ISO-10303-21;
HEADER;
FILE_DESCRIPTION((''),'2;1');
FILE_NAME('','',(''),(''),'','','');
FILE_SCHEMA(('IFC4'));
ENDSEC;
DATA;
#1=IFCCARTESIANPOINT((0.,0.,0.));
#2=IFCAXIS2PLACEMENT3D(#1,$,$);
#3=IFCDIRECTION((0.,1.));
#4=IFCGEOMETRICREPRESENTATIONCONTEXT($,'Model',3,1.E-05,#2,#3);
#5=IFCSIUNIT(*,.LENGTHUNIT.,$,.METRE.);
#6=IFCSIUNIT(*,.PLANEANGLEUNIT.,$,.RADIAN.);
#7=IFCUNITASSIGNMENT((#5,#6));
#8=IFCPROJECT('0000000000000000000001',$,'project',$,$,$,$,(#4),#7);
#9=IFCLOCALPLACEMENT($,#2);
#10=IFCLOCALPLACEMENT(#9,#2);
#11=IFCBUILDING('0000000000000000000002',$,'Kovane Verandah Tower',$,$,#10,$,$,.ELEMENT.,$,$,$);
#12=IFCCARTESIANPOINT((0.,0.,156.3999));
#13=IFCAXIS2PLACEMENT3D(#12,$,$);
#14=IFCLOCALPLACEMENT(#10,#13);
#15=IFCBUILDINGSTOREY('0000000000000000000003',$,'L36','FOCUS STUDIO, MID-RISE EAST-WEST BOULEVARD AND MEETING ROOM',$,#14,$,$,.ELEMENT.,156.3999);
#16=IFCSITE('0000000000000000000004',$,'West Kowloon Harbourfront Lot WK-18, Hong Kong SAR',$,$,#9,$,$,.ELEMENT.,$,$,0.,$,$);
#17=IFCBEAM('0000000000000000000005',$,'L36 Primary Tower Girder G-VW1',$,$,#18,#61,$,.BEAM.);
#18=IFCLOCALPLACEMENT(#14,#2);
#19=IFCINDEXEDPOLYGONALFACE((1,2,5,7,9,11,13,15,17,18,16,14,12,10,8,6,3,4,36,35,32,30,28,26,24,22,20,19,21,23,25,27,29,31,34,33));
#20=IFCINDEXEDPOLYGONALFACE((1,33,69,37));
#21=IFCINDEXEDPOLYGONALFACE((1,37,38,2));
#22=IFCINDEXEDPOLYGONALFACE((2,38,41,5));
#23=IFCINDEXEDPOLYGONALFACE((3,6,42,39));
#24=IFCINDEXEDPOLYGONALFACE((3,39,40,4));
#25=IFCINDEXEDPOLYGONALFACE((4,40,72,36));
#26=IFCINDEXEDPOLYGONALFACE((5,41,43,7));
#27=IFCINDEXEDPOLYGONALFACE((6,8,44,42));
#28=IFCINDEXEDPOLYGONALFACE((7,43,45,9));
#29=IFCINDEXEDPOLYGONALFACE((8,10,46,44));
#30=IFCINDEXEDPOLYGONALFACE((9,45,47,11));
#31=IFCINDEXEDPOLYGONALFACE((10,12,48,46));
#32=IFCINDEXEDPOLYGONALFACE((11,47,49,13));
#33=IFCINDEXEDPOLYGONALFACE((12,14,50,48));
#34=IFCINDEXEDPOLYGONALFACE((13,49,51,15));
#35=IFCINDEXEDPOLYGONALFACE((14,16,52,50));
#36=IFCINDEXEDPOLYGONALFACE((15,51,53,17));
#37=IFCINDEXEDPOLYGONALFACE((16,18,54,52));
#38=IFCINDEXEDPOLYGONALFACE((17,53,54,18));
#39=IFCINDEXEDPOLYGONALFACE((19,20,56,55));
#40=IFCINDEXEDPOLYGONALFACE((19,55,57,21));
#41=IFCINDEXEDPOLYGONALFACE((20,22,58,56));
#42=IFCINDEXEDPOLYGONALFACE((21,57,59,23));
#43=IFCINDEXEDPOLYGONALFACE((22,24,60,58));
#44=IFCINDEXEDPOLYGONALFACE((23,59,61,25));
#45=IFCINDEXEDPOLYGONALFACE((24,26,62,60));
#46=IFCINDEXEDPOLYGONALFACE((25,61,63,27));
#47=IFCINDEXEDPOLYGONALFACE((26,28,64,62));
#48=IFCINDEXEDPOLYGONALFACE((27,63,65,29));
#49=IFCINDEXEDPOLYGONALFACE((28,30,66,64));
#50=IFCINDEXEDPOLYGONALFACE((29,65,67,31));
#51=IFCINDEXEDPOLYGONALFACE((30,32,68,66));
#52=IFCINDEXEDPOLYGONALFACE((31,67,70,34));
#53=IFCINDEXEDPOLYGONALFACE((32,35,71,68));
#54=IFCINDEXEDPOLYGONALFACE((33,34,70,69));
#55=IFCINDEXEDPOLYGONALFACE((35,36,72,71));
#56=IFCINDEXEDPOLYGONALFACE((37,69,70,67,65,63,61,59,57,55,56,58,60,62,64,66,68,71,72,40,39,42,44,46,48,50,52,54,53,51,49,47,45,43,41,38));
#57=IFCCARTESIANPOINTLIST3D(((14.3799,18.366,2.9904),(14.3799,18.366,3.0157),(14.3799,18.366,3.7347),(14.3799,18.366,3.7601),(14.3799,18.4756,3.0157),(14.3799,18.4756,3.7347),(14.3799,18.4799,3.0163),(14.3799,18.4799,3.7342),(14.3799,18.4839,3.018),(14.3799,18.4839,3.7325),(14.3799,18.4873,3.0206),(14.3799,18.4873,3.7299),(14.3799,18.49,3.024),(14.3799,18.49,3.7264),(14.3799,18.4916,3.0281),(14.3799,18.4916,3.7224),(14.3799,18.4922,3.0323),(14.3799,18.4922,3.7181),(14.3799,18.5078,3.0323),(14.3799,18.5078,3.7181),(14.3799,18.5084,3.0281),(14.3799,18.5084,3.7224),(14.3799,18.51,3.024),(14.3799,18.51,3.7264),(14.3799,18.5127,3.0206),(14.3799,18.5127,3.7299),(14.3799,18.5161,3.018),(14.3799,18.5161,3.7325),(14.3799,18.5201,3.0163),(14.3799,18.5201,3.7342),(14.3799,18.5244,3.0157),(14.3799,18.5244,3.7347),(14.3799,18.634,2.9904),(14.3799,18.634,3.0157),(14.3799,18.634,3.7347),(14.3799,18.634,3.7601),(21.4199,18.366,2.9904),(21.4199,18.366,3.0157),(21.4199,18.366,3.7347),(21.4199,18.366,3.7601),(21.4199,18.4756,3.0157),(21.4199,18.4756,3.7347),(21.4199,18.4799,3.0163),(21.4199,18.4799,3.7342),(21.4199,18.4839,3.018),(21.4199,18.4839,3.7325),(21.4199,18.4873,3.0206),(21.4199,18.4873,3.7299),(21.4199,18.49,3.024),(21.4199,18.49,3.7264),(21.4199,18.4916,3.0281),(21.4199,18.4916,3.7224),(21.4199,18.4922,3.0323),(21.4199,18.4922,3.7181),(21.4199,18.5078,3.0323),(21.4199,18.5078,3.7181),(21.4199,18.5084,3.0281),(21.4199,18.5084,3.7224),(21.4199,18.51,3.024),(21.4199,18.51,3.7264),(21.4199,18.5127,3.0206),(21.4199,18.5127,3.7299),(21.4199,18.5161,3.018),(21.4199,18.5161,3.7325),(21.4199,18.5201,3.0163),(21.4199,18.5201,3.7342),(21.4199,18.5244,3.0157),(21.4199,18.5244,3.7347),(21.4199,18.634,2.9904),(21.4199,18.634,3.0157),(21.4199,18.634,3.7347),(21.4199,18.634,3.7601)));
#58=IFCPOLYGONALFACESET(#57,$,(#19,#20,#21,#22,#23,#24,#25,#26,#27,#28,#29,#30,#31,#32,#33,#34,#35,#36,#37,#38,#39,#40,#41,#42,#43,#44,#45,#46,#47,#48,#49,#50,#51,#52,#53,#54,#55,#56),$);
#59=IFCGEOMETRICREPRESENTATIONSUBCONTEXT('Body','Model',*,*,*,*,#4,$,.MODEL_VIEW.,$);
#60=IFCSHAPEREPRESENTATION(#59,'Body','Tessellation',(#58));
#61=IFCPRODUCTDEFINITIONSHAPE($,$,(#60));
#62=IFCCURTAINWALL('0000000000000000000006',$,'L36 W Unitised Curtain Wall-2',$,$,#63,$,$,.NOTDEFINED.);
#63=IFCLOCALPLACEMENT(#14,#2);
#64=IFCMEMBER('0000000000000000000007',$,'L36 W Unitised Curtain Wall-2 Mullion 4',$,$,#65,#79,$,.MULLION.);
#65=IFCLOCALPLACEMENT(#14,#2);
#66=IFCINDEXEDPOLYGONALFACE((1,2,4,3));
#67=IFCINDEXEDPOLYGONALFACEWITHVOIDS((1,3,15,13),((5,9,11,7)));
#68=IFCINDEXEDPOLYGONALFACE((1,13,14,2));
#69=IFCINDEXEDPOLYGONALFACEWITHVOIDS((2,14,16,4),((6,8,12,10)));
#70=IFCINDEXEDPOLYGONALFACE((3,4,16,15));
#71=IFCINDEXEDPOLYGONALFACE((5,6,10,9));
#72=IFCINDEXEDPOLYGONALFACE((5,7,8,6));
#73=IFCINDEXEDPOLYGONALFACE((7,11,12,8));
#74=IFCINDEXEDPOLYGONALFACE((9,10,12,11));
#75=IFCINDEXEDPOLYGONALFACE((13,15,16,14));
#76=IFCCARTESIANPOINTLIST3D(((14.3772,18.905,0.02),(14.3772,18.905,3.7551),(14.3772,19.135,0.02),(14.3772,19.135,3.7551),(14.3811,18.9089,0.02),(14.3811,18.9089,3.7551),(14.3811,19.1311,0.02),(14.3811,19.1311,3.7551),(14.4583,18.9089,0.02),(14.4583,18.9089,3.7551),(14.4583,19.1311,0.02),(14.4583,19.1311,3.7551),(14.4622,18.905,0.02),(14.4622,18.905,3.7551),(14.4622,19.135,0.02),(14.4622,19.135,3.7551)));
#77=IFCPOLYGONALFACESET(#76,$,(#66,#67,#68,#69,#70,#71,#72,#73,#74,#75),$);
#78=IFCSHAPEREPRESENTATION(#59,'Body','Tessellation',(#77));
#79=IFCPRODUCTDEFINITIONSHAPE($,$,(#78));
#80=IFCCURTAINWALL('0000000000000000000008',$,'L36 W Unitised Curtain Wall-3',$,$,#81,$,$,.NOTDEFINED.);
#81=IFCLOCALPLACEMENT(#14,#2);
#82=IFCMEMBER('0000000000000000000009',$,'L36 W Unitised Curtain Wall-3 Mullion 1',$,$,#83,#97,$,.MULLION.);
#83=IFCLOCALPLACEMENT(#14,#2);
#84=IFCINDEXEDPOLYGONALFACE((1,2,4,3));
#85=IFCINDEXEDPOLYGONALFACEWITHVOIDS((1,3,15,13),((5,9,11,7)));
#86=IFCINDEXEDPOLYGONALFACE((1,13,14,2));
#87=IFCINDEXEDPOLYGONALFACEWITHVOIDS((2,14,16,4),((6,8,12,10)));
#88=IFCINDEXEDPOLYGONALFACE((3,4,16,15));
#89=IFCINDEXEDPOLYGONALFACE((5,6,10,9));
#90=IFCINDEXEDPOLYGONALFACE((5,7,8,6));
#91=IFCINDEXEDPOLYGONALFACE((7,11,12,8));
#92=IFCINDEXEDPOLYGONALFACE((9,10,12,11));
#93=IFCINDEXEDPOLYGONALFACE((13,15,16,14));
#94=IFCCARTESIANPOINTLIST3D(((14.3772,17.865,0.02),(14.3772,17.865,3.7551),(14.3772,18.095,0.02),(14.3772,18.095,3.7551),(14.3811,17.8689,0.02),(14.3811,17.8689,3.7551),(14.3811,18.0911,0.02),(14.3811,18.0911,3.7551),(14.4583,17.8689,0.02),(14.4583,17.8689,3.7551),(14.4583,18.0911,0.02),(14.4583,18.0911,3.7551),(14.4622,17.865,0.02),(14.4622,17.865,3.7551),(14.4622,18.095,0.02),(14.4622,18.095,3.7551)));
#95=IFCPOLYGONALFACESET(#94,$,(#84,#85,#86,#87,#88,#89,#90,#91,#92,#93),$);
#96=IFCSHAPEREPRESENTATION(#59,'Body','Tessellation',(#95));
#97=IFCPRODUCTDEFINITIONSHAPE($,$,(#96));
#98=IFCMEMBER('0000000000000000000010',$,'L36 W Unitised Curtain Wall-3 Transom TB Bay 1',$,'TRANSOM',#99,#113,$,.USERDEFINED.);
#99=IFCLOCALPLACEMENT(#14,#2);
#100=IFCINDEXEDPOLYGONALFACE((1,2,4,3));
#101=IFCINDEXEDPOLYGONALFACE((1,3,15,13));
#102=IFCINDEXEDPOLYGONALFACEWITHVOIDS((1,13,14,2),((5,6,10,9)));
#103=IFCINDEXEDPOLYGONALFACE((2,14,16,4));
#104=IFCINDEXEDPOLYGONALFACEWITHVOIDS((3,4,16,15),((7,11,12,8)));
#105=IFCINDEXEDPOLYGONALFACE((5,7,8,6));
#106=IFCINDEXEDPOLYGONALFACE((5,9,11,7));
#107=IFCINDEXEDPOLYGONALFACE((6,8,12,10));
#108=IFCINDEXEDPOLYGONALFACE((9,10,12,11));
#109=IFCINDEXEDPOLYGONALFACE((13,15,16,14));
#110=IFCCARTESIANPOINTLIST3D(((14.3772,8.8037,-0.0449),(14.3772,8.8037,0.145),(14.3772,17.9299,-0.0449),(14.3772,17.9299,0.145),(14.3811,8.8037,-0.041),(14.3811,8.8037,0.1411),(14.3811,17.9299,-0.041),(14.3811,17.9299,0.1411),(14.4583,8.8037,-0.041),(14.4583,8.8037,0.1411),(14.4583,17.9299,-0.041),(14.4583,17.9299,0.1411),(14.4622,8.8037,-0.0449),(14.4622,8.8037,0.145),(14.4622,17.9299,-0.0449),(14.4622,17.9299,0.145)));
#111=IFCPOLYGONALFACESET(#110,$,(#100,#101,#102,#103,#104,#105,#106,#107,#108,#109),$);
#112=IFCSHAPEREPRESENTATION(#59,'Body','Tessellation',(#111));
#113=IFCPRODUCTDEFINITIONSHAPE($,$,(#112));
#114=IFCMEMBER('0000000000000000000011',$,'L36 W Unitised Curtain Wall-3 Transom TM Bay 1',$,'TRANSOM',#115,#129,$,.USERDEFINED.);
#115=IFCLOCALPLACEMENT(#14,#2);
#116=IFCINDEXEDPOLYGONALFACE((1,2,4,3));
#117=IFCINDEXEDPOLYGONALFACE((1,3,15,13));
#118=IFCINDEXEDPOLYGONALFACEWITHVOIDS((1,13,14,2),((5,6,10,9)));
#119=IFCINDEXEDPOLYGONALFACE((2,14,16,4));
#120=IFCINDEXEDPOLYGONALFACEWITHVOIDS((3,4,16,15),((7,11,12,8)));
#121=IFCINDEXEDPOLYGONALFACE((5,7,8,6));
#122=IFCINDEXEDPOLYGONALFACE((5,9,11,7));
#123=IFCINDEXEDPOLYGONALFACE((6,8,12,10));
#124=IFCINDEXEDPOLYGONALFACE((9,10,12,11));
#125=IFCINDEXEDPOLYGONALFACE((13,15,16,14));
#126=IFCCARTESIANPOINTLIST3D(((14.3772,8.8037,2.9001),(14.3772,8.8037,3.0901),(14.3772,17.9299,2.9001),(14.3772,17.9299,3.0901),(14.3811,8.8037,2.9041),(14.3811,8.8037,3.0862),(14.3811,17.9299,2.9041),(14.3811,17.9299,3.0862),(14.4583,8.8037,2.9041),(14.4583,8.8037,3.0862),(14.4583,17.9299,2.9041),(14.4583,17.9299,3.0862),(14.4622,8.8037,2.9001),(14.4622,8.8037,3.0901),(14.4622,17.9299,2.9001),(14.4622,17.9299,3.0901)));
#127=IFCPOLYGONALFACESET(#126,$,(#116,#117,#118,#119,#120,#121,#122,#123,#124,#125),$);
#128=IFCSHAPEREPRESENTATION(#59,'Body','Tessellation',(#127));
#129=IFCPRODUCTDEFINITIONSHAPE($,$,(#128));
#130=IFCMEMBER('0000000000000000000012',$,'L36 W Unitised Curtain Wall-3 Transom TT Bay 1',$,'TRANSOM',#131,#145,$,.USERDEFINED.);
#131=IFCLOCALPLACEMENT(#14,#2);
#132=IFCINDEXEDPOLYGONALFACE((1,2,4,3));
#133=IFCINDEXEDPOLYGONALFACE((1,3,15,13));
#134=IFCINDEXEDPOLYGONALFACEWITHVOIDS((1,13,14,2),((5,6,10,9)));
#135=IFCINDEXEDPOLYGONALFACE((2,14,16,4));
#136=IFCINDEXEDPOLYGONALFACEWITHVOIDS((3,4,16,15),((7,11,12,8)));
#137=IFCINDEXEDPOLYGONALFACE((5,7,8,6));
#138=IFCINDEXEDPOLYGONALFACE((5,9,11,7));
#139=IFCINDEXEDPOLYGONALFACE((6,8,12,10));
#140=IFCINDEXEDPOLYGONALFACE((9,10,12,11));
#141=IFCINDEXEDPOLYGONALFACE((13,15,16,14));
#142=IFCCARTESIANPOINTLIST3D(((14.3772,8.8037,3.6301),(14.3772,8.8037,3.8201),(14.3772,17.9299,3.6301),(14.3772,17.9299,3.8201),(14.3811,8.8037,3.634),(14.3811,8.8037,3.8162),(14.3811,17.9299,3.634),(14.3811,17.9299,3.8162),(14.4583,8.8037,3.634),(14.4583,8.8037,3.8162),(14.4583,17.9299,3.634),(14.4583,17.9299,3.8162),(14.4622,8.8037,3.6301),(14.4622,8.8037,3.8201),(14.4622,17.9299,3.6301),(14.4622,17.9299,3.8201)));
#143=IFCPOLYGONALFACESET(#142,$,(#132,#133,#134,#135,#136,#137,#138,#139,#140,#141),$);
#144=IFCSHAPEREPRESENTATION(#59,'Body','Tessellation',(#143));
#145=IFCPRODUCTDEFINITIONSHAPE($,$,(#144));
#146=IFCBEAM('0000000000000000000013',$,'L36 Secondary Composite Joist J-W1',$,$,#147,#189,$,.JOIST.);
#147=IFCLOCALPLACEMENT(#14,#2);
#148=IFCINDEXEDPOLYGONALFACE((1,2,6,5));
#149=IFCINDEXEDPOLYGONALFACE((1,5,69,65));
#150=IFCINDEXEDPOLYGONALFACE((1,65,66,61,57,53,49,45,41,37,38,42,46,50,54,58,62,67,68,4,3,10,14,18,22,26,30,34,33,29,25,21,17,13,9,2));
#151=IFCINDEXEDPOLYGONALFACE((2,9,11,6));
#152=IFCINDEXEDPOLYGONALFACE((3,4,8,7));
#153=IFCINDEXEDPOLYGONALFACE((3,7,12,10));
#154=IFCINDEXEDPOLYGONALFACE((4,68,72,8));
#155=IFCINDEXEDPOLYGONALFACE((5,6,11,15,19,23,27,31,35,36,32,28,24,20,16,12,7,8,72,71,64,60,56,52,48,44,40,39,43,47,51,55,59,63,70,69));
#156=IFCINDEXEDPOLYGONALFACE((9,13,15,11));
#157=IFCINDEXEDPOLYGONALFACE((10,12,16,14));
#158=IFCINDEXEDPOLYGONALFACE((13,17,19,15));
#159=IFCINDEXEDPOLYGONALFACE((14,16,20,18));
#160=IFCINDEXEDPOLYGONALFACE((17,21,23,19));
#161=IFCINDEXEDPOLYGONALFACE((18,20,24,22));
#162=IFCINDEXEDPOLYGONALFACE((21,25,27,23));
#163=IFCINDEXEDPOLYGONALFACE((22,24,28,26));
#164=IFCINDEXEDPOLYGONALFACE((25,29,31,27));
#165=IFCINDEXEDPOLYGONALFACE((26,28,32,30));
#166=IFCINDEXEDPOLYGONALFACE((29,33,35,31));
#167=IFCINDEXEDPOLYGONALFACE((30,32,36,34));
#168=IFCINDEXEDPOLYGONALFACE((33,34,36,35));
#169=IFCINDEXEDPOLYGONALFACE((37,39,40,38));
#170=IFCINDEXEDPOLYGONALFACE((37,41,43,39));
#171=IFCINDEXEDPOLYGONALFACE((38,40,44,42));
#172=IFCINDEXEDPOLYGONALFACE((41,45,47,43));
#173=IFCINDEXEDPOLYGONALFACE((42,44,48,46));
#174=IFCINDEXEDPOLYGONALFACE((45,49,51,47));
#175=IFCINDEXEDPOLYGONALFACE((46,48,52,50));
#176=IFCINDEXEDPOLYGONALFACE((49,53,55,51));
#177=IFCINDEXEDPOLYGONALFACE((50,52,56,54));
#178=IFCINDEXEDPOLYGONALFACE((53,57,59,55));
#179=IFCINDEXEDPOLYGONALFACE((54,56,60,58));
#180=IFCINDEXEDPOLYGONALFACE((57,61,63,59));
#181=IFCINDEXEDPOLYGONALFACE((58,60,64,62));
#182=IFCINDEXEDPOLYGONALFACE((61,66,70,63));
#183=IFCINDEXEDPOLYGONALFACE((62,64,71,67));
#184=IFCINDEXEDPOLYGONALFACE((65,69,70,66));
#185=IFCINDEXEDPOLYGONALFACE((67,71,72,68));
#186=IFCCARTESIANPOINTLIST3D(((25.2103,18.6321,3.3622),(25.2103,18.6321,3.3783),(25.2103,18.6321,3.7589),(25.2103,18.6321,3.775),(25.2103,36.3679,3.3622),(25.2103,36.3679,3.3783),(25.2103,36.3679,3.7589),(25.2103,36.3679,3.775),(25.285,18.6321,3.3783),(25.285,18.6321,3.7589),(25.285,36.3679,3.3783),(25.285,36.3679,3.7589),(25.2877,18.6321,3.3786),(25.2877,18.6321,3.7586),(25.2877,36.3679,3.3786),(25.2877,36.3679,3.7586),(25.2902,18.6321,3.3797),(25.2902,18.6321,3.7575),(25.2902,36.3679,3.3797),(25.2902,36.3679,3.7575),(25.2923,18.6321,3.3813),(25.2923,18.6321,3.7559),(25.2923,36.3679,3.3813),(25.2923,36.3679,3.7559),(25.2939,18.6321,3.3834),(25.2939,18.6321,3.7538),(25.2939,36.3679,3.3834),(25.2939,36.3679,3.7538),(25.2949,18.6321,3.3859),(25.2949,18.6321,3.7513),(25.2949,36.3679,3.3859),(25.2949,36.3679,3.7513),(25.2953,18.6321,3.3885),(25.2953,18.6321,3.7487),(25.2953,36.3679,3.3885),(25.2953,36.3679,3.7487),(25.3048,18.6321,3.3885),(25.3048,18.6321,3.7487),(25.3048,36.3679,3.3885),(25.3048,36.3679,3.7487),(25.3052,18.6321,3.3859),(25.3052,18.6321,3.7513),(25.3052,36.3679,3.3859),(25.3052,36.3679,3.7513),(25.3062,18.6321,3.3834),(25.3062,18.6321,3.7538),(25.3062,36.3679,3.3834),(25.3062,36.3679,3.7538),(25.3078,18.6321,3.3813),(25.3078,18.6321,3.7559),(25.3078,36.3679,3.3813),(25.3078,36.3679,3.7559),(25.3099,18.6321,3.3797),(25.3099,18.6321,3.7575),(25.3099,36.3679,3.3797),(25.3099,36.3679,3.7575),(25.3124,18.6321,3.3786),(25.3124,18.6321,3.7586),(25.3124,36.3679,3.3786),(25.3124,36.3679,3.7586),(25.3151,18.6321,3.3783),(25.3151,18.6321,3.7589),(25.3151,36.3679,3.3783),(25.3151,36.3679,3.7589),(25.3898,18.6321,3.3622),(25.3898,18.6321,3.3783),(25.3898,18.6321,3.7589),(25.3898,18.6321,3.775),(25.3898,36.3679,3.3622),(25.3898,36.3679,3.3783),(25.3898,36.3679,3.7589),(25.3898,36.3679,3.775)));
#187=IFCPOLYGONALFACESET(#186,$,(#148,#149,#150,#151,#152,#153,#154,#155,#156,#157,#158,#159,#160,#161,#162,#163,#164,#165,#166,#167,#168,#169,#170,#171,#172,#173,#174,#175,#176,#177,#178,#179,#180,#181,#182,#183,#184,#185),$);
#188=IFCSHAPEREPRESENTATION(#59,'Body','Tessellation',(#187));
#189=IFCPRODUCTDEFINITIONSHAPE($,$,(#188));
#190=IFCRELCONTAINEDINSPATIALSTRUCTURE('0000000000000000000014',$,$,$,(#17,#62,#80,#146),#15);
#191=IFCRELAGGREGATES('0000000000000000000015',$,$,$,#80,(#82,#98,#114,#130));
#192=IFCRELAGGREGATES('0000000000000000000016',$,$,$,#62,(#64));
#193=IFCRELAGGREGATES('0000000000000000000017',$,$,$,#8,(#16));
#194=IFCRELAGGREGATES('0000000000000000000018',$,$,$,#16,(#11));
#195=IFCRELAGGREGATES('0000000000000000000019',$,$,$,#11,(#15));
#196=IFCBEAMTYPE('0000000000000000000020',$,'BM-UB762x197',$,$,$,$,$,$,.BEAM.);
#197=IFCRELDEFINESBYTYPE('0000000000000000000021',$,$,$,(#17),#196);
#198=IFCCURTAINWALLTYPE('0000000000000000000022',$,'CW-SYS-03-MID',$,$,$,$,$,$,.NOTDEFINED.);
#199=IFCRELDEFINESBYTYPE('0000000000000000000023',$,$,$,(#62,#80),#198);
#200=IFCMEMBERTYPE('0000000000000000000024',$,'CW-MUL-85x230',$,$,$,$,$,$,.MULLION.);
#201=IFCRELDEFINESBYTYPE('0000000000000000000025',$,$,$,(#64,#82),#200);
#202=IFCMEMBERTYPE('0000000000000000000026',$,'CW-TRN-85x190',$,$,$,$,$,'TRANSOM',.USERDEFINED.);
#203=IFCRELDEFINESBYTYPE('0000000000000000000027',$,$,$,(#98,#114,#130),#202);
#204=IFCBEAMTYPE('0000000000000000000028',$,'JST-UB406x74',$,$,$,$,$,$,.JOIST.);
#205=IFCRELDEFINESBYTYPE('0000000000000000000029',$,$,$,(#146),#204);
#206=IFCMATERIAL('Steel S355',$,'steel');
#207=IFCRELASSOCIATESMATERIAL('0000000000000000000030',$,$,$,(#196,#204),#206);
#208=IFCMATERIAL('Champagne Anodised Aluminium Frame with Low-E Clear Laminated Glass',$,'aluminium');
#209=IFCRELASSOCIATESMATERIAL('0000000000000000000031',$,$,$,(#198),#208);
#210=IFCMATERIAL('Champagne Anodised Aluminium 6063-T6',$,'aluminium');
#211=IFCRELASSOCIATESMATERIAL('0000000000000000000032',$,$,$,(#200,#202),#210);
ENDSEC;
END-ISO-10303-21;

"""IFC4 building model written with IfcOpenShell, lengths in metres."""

from ifc_helpers import new_model, si_unit, direction, frame, origin, origin_2d, place, context, subcontext, project, spatial, hollow_rectangle, i_section, extrude, material, material_profile, profile_set, type_object, element, aggregate, save


model = new_model("IFC4")

# Units and contexts
model_context = context("Model", 3, precision=1e-05, world=origin(), true_north=direction((0.0, 1.0)))
body_context = subcontext(model_context, "Body", "Model", "MODEL_VIEW")
ifc_project = project(units=[si_unit("LENGTHUNIT", "METRE"), si_unit("PLANEANGLEUNIT", "RADIAN")], contexts=[model_context])

# Site, building, storey
site_placement = place(None, origin())
site = spatial("IfcSite", under=ifc_project, at=site_placement, Name="West Kowloon Harbourfront Lot WK-18, Hong Kong SAR", CompositionType="ELEMENT", RefElevation=0.0)
building_placement = place(site_placement, origin())
building = spatial("IfcBuilding", under=site, at=building_placement, Name="Kovane Verandah Tower", CompositionType="ELEMENT")
storey_placement = place(building_placement, frame((0.0, 0.0, 156.3999)))
storey = spatial("IfcBuildingStorey", under=building, at=storey_placement, Name="L36", Description="FOCUS STUDIO, MID-RISE EAST-WEST BOULEVARD AND MEETING ROOM", CompositionType="ELEMENT", Elevation=156.3999)

# Beam
ifc_material_1 = material(Name="Steel S355", Category="steel")
ifc_material_profile_1 = material_profile(ifc_material_1, i_section(OverallWidth=0.2681, OverallDepth=0.7698, WebThickness=0.0156, FlangeThickness=0.0254, FilletRadius=0.0166, at=origin_2d()), Name="UB762x267x197")
ifc_profile_set_1 = profile_set([ifc_material_profile_1], Name="Steel S355")
beam_type_1 = type_object("IfcBeamType", Name="BM-UB762x197", PredefinedType="BEAM", material=ifc_profile_set_1)
beam_1_placement = place(storey_placement, frame((21.4199, 18.5, 3.3752), z_axis=(-1.0, 0.0, 0.0), x_axis=(0.0, -1.0, 0.0)))
element("IfcBeam", 1, at=beam_1_placement, inside=storey, type_object=beam_type_1, Name="L36 Primary Tower Girder G-VW1", PredefinedType="BEAM", context=body_context, shape_type="SweptSolid", body=[
    extrude(i_section(OverallWidth=0.2681, OverallDepth=0.7698, WebThickness=0.0156, FlangeThickness=0.0254, FilletRadius=0.0166, at=origin_2d()), origin(), (0.0, 0.0, 1.0), 7.04),
])

# Curtain wall, member
ifc_material_2 = material(Name="Champagne Anodised Aluminium Frame with Low-E Clear Laminated Glass", Category="aluminium")
curtain_wall_type = type_object("IfcCurtainWallType", Name="CW-SYS-03-MID", PredefinedType="NOTDEFINED", material=ifc_material_2)
curtain_wall_1_placement = place(storey_placement, origin())
curtain_wall_1 = element("IfcCurtainWall", 2, at=curtain_wall_1_placement, inside=storey, type_object=curtain_wall_type, Name="L36 W Unitised Curtain Wall-2", PredefinedType="NOTDEFINED")
ifc_material_3 = material(Name="Champagne Anodised Aluminium 6063-T6", Category="aluminium")
ifc_material_profile_2 = material_profile(ifc_material_3, hollow_rectangle(XDim=0.085, YDim=0.23, WallThickness=0.0039, at=origin_2d()), Name="AL85x230x4")
ifc_profile_set_2 = profile_set([ifc_material_profile_2], Name="Champagne Anodised Aluminium 6063-T6")
member_type_1 = type_object("IfcMemberType", Name="CW-MUL-85x230", PredefinedType="MULLION", material=ifc_profile_set_2)
member_1_placement = place(storey_placement, frame((14.4197, 19.02, 0.02), z_axis=(0.0, 0.0, 1.0), x_axis=(-1.0, 0.0, 0.0)))
member_1 = element("IfcMember", 3, at=member_1_placement, type_object=member_type_1, Name="L36 W Unitised Curtain Wall-2 Mullion 4", PredefinedType="MULLION", context=body_context, shape_type="SweptSolid", body=[
    extrude(hollow_rectangle(XDim=0.085, YDim=0.23, WallThickness=0.0039, at=origin_2d()), origin(), (0.0, 0.0, 1.0), 3.7351),
])

# Curtain wall, members
curtain_wall_2_placement = place(storey_placement, origin())
curtain_wall_2 = element("IfcCurtainWall", 4, at=curtain_wall_2_placement, inside=storey, type_object=curtain_wall_type, Name="L36 W Unitised Curtain Wall-3", PredefinedType="NOTDEFINED")
member_2_placement = place(storey_placement, frame((14.4197, 17.98, 0.02), z_axis=(0.0, 0.0, 1.0), x_axis=(-1.0, 0.0, 0.0)))
member_2 = element("IfcMember", 5, at=member_2_placement, type_object=member_type_1, Name="L36 W Unitised Curtain Wall-3 Mullion 1", PredefinedType="MULLION", context=body_context, shape_type="SweptSolid", body=[
    extrude(hollow_rectangle(XDim=0.085, YDim=0.23, WallThickness=0.0039, at=origin_2d()), origin(), (0.0, 0.0, 1.0), 3.7351),
])
ifc_material_profile_3 = material_profile(ifc_material_3, hollow_rectangle(XDim=0.085, YDim=0.1899, WallThickness=0.0039, at=origin_2d()), Name="AL85x190x4")
ifc_profile_set_3 = profile_set([ifc_material_profile_3], Name="Champagne Anodised Aluminium 6063-T6")
member_type_2 = type_object("IfcMemberType", Name="CW-TRN-85x190", ElementType="TRANSOM", PredefinedType="USERDEFINED", material=ifc_profile_set_3)
member_3_placement = place(storey_placement, frame((14.4197, 17.9299, 0.05), z_axis=(0.0, -1.0, 0.0), x_axis=(1.0, 0.0, 0.0)))
member_3 = element("IfcMember", 6, at=member_3_placement, type_object=member_type_2, Name="L36 W Unitised Curtain Wall-3 Transom TB Bay 1", ObjectType="TRANSOM", PredefinedType="USERDEFINED", context=body_context, shape_type="SweptSolid", body=[
    extrude(hollow_rectangle(XDim=0.085, YDim=0.1899, WallThickness=0.0039, at=origin_2d()), origin(), (0.0, 0.0, 1.0), 9.1262),
])
member_4_placement = place(storey_placement, frame((14.4197, 17.9299, 2.9951), z_axis=(0.0, -1.0, 0.0), x_axis=(1.0, 0.0, 0.0)))
member_4 = element("IfcMember", 7, at=member_4_placement, type_object=member_type_2, Name="L36 W Unitised Curtain Wall-3 Transom TM Bay 1", ObjectType="TRANSOM", PredefinedType="USERDEFINED", context=body_context, shape_type="SweptSolid", body=[
    extrude(hollow_rectangle(XDim=0.085, YDim=0.1899, WallThickness=0.0039, at=origin_2d()), origin(), (0.0, 0.0, 1.0), 9.1262),
])
member_5_placement = place(storey_placement, frame((14.4197, 17.9299, 3.7251), z_axis=(0.0, -1.0, 0.0), x_axis=(1.0, 0.0, 0.0)))
member_5 = element("IfcMember", 8, at=member_5_placement, type_object=member_type_2, Name="L36 W Unitised Curtain Wall-3 Transom TT Bay 1", ObjectType="TRANSOM", PredefinedType="USERDEFINED", context=body_context, shape_type="SweptSolid", body=[
    extrude(hollow_rectangle(XDim=0.085, YDim=0.1899, WallThickness=0.0039, at=origin_2d()), origin(), (0.0, 0.0, 1.0), 9.1262),
])

# Beam
ifc_material_profile_4 = material_profile(ifc_material_1, i_section(OverallWidth=0.1794, OverallDepth=0.4128, WebThickness=0.0095, FlangeThickness=0.0161, FilletRadius=0.0103, at=origin_2d()), Name="UB406x178x74")
ifc_profile_set_4 = profile_set([ifc_material_profile_4], Name="Steel S355")
beam_type_2 = type_object("IfcBeamType", Name="JST-UB406x74", PredefinedType="JOIST", material=ifc_profile_set_4)
beam_2_placement = place(storey_placement, frame((25.3, 18.6321, 3.5686), z_axis=(0.0, 1.0, 0.0), x_axis=(-1.0, 0.0, 0.0)))
element("IfcBeam", 9, at=beam_2_placement, inside=storey, type_object=beam_type_2, Name="L36 Secondary Composite Joist J-W1", PredefinedType="JOIST", context=body_context, shape_type="SweptSolid", body=[
    extrude(i_section(OverallWidth=0.1794, OverallDepth=0.4128, WebThickness=0.0095, FlangeThickness=0.0161, FilletRadius=0.0103, at=origin_2d()), origin(), (0.0, 0.0, 1.0), 17.7358),
])

aggregate(curtain_wall_2, [member_2, member_3, member_4, member_5])
aggregate(curtain_wall_1, [member_1])

save(model, "model.ifc")
